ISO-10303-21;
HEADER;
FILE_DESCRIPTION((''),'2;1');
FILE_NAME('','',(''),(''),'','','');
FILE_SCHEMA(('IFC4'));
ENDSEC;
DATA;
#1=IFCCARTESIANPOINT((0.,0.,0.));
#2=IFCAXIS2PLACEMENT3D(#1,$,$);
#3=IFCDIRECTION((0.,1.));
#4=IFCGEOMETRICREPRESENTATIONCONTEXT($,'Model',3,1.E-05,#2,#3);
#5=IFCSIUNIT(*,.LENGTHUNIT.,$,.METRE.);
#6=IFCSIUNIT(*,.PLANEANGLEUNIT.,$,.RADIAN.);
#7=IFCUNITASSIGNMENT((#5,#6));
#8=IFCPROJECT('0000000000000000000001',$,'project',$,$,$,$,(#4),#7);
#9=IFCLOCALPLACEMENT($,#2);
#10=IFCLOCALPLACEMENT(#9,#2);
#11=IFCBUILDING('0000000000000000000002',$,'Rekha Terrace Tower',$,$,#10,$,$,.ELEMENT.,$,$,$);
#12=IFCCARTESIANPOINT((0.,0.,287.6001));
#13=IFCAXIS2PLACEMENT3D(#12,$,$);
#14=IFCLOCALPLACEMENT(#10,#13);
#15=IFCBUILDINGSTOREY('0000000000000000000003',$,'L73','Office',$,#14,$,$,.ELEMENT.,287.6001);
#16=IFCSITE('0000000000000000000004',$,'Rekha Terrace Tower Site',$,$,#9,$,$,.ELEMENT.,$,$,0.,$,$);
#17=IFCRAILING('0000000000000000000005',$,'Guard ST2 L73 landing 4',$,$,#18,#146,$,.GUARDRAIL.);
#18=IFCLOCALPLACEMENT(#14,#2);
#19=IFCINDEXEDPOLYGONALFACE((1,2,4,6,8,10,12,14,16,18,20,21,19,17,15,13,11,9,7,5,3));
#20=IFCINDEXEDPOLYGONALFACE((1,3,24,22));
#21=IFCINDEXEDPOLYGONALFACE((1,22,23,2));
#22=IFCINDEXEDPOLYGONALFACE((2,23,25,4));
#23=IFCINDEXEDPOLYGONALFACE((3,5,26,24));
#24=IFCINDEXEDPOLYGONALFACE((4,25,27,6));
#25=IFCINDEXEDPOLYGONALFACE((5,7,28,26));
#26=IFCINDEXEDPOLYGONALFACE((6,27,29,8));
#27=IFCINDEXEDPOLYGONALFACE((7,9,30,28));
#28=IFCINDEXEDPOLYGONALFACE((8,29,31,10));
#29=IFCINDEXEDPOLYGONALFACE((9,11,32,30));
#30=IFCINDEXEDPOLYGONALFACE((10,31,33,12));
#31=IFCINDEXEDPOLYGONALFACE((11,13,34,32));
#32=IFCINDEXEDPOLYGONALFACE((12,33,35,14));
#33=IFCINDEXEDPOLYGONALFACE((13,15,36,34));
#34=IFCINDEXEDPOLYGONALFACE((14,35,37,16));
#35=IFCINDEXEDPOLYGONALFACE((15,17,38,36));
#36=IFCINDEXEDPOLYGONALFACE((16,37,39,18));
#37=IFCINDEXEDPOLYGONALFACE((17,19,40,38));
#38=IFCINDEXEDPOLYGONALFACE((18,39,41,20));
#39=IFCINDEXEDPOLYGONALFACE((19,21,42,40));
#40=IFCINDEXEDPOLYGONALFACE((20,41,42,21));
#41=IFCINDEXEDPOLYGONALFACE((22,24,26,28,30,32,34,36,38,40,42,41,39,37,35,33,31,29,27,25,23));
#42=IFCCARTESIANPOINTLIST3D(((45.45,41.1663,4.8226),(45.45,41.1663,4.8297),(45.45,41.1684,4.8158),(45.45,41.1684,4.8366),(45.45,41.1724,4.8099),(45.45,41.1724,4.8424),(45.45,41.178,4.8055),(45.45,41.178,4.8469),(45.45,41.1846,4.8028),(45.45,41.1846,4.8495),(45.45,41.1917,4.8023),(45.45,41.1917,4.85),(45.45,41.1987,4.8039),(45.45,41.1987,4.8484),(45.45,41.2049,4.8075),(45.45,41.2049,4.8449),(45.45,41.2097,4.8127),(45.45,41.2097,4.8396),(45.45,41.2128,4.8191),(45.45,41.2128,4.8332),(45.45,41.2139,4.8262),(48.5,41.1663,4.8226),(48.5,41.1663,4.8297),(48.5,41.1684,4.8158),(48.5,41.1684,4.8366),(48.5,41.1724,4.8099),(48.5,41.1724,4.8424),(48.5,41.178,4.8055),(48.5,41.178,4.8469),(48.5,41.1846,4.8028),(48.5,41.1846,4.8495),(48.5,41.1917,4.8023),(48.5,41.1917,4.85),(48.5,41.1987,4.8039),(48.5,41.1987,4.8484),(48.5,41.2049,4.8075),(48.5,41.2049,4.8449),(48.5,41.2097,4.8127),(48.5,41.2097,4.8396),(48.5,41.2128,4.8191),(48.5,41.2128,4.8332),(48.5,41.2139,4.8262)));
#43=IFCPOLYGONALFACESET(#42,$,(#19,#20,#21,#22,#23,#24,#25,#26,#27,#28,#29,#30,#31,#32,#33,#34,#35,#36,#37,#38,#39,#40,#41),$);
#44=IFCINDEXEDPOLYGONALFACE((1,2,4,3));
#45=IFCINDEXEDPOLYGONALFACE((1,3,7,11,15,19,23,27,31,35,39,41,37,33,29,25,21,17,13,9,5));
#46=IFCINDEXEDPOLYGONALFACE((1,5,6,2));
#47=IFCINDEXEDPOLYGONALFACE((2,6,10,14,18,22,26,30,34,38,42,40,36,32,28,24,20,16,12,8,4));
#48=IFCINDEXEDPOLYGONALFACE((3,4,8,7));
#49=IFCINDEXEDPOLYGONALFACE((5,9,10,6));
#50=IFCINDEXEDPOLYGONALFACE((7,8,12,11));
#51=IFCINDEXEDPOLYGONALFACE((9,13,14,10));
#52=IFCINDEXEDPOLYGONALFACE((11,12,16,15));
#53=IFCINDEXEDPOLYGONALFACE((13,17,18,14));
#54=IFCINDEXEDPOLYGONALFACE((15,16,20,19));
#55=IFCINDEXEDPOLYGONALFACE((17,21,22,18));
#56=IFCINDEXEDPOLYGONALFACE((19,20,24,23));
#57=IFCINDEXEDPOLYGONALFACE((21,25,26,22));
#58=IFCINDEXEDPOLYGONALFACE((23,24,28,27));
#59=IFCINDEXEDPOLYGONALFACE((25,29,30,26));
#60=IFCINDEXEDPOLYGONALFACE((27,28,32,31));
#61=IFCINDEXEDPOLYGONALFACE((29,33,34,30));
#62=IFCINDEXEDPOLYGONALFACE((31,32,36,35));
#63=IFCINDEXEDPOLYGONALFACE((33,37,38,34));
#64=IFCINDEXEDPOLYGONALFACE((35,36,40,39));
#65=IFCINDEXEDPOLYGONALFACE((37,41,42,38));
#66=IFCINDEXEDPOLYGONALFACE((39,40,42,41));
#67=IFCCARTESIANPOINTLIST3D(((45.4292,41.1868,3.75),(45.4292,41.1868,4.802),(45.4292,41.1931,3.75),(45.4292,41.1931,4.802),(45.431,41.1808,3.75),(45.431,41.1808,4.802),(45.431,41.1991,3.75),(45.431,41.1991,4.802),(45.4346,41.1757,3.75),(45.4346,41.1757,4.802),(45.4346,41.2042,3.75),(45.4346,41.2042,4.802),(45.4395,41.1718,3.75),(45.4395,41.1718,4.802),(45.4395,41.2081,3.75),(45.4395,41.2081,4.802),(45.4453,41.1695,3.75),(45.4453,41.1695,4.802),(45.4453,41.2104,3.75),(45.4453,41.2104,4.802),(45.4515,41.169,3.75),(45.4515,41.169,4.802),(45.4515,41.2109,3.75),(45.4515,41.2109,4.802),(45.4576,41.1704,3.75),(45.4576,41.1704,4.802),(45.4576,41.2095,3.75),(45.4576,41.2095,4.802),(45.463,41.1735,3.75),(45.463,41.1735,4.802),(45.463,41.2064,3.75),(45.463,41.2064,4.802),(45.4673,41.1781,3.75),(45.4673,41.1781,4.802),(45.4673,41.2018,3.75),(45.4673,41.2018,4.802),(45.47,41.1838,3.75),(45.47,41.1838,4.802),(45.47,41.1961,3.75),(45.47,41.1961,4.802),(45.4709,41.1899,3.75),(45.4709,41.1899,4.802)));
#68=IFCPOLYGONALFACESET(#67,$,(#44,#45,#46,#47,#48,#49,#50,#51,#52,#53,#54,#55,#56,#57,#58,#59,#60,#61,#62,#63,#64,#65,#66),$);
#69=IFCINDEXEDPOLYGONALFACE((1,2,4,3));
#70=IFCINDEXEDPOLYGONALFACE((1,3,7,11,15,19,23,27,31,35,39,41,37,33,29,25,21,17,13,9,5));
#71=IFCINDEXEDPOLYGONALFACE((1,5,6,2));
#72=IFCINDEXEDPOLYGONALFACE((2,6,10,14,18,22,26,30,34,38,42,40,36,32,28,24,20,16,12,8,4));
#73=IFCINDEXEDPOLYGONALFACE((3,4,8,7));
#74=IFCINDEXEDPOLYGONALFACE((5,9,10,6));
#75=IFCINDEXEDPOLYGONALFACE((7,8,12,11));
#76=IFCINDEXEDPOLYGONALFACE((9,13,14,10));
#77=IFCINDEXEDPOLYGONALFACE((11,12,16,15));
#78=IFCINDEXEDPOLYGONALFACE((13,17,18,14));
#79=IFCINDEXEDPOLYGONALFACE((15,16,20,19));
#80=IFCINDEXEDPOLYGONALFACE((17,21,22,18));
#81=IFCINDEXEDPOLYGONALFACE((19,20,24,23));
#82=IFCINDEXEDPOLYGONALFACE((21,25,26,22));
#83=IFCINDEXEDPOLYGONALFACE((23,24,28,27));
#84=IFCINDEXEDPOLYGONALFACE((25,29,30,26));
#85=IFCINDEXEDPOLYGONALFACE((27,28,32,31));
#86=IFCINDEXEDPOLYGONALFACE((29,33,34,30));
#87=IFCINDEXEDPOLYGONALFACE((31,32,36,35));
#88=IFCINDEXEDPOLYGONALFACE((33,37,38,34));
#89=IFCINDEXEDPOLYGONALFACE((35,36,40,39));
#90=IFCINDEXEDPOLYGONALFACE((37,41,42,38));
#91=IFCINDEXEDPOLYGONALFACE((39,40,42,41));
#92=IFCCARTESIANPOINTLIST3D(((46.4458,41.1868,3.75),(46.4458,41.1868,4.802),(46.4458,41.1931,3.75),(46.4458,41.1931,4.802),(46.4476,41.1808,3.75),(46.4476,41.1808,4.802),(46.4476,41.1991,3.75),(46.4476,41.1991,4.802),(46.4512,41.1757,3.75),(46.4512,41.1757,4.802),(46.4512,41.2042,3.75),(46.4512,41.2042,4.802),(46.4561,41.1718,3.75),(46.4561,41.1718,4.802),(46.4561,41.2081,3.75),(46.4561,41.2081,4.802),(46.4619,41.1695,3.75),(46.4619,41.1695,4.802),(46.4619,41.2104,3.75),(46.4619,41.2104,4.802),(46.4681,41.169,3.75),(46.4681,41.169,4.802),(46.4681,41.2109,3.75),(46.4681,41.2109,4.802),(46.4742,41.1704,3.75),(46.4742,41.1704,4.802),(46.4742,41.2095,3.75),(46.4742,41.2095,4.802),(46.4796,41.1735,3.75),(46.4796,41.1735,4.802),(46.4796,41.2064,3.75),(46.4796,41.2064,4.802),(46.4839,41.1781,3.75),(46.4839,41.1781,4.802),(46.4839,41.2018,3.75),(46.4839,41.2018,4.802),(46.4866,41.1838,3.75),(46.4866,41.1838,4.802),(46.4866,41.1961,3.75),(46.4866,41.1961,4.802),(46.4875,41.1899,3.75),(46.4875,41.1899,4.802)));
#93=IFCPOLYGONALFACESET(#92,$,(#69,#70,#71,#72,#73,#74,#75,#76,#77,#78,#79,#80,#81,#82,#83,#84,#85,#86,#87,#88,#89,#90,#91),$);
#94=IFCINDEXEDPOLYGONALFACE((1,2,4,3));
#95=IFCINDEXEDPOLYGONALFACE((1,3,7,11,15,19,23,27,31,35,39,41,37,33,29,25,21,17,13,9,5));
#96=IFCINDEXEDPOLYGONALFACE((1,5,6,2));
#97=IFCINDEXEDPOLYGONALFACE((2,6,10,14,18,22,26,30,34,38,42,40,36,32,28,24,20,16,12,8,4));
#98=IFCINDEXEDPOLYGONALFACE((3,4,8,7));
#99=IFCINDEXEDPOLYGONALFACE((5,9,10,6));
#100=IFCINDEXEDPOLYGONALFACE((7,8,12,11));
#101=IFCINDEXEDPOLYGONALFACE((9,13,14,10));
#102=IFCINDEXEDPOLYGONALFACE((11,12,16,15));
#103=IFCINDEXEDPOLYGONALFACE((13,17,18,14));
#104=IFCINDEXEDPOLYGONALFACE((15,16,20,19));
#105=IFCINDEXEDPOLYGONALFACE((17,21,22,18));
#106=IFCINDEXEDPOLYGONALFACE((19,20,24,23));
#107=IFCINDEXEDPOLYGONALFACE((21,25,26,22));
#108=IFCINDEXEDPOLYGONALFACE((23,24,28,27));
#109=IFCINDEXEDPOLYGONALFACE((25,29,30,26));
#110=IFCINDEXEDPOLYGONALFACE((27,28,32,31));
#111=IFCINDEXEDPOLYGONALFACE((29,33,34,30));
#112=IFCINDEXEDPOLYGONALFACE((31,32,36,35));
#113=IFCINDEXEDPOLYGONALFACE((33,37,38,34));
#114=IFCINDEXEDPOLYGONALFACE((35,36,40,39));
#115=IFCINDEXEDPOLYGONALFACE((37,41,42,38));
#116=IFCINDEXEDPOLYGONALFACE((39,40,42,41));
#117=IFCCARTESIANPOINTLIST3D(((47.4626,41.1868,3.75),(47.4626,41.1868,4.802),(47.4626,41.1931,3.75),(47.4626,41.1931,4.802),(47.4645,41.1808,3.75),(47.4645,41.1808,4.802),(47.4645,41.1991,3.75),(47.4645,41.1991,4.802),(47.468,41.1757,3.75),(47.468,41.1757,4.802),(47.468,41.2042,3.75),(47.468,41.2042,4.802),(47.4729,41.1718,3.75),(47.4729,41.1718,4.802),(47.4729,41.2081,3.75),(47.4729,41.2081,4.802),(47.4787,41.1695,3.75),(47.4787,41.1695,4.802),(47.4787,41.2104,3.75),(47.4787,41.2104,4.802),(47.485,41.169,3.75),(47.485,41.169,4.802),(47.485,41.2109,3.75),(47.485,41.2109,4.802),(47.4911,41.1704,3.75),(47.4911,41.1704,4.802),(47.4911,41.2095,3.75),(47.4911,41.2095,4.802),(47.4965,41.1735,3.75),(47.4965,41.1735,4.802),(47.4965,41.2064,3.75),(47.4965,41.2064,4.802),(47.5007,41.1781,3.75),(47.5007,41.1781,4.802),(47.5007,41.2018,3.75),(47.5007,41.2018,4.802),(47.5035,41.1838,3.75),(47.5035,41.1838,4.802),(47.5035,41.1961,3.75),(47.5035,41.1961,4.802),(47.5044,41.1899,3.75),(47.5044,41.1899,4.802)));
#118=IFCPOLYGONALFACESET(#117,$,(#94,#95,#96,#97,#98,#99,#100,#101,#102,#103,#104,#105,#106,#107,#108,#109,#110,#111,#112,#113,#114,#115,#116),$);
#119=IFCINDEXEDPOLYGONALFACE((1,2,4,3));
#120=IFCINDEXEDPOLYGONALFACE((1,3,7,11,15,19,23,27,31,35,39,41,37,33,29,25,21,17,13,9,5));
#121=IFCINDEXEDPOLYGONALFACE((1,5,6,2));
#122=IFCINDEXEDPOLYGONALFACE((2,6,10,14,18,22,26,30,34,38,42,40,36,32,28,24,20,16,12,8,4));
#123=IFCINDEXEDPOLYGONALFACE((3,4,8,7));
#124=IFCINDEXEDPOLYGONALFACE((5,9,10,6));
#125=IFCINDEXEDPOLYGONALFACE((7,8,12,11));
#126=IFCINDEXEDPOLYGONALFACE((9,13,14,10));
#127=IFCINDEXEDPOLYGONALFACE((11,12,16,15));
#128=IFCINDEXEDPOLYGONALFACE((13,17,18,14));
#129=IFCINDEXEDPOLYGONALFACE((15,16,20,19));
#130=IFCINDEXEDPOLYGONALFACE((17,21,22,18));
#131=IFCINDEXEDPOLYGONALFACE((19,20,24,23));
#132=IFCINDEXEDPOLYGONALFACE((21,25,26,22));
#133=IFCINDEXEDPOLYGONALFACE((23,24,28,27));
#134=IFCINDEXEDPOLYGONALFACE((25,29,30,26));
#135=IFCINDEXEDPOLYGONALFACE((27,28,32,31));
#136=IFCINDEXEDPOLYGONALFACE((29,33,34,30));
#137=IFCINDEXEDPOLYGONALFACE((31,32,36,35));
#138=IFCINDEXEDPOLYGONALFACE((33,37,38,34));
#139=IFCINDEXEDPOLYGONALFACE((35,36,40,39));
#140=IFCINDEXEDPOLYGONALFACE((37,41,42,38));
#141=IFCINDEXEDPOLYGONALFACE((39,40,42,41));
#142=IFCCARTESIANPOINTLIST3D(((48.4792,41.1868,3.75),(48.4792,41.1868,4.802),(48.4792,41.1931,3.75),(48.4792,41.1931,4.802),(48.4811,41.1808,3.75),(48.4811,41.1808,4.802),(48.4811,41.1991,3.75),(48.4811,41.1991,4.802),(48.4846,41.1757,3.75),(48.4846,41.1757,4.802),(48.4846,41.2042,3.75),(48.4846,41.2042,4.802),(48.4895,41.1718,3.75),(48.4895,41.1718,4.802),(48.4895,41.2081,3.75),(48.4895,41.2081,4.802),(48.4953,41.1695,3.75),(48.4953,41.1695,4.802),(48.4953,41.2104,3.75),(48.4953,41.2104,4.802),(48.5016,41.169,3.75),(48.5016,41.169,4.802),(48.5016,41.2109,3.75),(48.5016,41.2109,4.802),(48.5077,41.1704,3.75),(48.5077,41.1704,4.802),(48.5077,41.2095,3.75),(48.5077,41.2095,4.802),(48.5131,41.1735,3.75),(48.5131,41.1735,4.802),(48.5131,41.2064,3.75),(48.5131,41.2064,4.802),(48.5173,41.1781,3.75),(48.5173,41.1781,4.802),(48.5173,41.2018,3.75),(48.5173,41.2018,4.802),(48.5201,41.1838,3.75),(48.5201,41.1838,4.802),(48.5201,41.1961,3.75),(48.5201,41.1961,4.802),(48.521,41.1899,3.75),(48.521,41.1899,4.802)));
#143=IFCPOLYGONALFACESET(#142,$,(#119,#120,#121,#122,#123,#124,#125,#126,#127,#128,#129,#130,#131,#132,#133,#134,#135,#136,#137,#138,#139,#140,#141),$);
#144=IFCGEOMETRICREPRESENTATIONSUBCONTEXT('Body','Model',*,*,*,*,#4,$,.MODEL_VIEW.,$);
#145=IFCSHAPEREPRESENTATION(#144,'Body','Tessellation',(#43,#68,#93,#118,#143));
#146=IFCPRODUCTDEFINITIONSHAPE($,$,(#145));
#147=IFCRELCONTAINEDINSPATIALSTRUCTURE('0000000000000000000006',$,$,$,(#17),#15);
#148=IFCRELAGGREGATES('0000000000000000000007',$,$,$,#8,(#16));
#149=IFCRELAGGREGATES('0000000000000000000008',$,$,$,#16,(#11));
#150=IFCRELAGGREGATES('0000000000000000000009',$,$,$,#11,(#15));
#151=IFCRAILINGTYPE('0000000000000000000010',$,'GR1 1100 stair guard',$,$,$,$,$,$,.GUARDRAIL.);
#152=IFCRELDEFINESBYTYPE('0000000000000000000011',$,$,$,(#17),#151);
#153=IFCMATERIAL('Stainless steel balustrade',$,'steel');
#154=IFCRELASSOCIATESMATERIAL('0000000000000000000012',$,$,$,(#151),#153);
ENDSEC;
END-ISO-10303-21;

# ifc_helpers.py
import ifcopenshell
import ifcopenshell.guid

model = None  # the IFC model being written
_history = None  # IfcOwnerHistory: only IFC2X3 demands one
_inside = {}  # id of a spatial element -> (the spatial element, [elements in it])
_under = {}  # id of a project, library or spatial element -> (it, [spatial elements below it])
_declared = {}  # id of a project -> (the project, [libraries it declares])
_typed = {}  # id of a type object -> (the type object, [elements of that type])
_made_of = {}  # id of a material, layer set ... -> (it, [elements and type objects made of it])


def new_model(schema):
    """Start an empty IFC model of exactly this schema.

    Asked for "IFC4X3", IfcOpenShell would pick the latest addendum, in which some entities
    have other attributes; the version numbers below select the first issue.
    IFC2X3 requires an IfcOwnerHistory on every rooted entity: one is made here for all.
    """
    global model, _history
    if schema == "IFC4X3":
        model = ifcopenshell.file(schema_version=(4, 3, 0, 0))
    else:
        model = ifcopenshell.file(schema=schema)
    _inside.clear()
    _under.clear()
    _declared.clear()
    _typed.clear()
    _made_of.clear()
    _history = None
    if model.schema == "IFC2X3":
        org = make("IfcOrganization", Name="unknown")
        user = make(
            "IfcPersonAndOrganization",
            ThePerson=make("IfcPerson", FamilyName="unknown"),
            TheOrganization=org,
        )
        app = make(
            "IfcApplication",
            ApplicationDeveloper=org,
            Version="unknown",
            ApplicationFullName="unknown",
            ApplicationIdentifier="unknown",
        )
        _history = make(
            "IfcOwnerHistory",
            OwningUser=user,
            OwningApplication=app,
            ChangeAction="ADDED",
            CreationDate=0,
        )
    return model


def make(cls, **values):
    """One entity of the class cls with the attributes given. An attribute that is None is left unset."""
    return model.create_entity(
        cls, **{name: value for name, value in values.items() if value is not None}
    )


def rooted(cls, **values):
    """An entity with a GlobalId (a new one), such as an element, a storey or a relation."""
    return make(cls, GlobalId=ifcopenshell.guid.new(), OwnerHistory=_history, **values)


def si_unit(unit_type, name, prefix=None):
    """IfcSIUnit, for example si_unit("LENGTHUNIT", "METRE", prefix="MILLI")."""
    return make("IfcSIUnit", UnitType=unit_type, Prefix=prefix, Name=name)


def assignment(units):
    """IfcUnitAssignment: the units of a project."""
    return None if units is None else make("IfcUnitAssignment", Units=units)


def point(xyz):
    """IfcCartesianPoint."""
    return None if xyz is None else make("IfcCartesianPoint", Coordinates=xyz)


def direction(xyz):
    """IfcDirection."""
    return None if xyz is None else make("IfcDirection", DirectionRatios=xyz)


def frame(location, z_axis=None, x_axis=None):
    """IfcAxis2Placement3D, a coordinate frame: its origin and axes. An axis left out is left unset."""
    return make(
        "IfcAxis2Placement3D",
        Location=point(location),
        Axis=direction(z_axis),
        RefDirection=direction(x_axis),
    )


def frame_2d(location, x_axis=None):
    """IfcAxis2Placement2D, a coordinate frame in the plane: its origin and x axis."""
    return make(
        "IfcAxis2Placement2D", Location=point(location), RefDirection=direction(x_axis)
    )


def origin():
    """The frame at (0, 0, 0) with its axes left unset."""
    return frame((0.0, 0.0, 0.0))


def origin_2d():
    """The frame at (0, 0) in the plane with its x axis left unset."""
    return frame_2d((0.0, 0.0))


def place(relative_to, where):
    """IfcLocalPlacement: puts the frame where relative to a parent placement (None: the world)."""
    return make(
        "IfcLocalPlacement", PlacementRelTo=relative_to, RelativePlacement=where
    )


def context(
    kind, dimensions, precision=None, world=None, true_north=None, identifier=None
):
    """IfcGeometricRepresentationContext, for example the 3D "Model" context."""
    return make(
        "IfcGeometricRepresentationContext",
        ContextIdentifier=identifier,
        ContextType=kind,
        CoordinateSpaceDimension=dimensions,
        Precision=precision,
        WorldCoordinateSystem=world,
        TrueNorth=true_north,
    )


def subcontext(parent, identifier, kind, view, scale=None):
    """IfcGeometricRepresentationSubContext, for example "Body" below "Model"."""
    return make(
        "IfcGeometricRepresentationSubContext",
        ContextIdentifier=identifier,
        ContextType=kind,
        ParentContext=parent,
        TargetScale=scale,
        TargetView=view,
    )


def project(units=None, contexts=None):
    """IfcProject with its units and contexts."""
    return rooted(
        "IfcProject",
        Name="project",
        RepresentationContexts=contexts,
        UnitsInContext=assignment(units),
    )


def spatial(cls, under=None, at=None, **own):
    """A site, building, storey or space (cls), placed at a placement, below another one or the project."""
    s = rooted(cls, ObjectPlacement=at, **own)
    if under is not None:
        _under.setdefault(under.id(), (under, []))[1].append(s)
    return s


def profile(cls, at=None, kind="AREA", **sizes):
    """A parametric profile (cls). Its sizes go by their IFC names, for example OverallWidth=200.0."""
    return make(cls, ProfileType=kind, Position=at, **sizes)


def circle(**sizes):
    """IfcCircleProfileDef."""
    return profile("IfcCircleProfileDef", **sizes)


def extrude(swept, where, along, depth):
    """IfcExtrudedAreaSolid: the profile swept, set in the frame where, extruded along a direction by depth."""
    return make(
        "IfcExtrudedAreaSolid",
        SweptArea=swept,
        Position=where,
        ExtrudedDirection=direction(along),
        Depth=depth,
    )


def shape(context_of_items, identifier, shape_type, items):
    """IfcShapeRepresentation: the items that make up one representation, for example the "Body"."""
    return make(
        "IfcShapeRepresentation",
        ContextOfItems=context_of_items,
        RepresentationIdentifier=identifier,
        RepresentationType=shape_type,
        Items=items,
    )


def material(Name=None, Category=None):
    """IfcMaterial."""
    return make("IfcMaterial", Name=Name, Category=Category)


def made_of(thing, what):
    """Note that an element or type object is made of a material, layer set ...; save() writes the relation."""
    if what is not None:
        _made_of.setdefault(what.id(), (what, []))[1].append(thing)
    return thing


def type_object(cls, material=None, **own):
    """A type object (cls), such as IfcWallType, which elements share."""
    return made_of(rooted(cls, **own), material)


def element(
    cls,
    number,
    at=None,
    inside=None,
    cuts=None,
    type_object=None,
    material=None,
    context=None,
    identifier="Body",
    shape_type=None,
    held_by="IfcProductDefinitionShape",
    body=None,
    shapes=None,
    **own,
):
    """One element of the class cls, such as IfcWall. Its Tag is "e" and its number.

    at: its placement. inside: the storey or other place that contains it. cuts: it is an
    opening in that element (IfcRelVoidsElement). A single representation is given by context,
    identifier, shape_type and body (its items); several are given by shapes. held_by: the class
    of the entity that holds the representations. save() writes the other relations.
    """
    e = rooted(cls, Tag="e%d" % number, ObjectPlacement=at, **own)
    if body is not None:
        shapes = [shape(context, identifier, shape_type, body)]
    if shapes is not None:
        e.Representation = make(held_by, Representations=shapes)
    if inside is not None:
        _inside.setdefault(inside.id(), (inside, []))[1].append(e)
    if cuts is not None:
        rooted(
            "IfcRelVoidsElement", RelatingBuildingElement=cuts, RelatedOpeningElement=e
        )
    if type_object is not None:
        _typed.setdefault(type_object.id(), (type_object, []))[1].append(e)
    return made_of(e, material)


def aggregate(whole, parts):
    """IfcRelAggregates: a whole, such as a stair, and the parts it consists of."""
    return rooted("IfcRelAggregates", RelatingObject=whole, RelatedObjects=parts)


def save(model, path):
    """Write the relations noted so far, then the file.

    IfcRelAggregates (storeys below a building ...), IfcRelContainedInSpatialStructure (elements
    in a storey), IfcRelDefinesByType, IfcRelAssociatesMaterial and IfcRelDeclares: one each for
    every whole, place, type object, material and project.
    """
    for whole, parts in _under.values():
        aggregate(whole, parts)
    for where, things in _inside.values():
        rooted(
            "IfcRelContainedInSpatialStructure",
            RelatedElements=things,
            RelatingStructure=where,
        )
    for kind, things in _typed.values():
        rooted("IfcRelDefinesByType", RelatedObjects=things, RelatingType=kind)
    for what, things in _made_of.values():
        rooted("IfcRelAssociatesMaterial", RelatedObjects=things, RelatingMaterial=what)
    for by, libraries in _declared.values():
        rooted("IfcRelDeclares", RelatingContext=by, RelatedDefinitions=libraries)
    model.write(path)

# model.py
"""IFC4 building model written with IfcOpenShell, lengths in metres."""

from ifc_helpers import new_model, si_unit, direction, frame, origin, origin_2d, place, context, subcontext, project, spatial, circle, extrude, material, type_object, element, save


model = new_model("IFC4")

# Units and contexts
model_context = context("Model", 3, precision=1e-05, world=origin(), true_north=direction((0.0, 1.0)))
body_context = subcontext(model_context, "Body", "Model", "MODEL_VIEW")
ifc_project = project(units=[si_unit("LENGTHUNIT", "METRE"), si_unit("PLANEANGLEUNIT", "RADIAN")], contexts=[model_context])

# Site, building, storey
site_placement = place(None, origin())
site = spatial("IfcSite", under=ifc_project, at=site_placement, Name="Rekha Terrace Tower Site", CompositionType="ELEMENT", RefElevation=0.0)
building_placement = place(site_placement, origin())
building = spatial("IfcBuilding", under=site, at=building_placement, Name="Rekha Terrace Tower", CompositionType="ELEMENT")
storey_placement = place(building_placement, frame((0.0, 0.0, 287.6001)))
storey = spatial("IfcBuildingStorey", under=building, at=storey_placement, Name="L73", Description="Office", CompositionType="ELEMENT", Elevation=287.6001)

# Railing
ifc_material_1 = material(Name="Stainless steel balustrade", Category="steel")
railing_type_1 = type_object("IfcRailingType", Name="GR1 1100 stair guard", PredefinedType="GUARDRAIL", material=ifc_material_1)
railing_1_placement = place(storey_placement, frame((45.45, 41.1899, 3.75)))
element("IfcRailing", 1, at=railing_1_placement, inside=storey, type_object=railing_type_1, Name="Guard ST2 L73 landing 4", PredefinedType="GUARDRAIL", context=body_context, shape_type="SweptSolid", body=[
    extrude(circle(Radius=0.0239, at=origin_2d()), frame((0.0, 0.0, 1.0762), z_axis=(1.0, 0.0, 0.0), x_axis=(0.0, 1.0, 0.0)), (0.0, 0.0, 1.0), 3.05),
    extrude(circle(Radius=0.021, at=origin_2d()), origin(), (0.0, 0.0, 1.0), 1.052),
    extrude(circle(Radius=0.021, at=origin_2d()), frame((1.0166, 0.0, 0.0)), (0.0, 0.0, 1.0), 1.052),
    extrude(circle(Radius=0.021, at=origin_2d()), frame((2.0334, 0.0, 0.0)), (0.0, 0.0, 1.0), 1.052),
    extrude(circle(Radius=0.021, at=origin_2d()), frame((3.05, 0.0, 0.0)), (0.0, 0.0, 1.0), 1.052),
])

save(model, "model.ifc")
